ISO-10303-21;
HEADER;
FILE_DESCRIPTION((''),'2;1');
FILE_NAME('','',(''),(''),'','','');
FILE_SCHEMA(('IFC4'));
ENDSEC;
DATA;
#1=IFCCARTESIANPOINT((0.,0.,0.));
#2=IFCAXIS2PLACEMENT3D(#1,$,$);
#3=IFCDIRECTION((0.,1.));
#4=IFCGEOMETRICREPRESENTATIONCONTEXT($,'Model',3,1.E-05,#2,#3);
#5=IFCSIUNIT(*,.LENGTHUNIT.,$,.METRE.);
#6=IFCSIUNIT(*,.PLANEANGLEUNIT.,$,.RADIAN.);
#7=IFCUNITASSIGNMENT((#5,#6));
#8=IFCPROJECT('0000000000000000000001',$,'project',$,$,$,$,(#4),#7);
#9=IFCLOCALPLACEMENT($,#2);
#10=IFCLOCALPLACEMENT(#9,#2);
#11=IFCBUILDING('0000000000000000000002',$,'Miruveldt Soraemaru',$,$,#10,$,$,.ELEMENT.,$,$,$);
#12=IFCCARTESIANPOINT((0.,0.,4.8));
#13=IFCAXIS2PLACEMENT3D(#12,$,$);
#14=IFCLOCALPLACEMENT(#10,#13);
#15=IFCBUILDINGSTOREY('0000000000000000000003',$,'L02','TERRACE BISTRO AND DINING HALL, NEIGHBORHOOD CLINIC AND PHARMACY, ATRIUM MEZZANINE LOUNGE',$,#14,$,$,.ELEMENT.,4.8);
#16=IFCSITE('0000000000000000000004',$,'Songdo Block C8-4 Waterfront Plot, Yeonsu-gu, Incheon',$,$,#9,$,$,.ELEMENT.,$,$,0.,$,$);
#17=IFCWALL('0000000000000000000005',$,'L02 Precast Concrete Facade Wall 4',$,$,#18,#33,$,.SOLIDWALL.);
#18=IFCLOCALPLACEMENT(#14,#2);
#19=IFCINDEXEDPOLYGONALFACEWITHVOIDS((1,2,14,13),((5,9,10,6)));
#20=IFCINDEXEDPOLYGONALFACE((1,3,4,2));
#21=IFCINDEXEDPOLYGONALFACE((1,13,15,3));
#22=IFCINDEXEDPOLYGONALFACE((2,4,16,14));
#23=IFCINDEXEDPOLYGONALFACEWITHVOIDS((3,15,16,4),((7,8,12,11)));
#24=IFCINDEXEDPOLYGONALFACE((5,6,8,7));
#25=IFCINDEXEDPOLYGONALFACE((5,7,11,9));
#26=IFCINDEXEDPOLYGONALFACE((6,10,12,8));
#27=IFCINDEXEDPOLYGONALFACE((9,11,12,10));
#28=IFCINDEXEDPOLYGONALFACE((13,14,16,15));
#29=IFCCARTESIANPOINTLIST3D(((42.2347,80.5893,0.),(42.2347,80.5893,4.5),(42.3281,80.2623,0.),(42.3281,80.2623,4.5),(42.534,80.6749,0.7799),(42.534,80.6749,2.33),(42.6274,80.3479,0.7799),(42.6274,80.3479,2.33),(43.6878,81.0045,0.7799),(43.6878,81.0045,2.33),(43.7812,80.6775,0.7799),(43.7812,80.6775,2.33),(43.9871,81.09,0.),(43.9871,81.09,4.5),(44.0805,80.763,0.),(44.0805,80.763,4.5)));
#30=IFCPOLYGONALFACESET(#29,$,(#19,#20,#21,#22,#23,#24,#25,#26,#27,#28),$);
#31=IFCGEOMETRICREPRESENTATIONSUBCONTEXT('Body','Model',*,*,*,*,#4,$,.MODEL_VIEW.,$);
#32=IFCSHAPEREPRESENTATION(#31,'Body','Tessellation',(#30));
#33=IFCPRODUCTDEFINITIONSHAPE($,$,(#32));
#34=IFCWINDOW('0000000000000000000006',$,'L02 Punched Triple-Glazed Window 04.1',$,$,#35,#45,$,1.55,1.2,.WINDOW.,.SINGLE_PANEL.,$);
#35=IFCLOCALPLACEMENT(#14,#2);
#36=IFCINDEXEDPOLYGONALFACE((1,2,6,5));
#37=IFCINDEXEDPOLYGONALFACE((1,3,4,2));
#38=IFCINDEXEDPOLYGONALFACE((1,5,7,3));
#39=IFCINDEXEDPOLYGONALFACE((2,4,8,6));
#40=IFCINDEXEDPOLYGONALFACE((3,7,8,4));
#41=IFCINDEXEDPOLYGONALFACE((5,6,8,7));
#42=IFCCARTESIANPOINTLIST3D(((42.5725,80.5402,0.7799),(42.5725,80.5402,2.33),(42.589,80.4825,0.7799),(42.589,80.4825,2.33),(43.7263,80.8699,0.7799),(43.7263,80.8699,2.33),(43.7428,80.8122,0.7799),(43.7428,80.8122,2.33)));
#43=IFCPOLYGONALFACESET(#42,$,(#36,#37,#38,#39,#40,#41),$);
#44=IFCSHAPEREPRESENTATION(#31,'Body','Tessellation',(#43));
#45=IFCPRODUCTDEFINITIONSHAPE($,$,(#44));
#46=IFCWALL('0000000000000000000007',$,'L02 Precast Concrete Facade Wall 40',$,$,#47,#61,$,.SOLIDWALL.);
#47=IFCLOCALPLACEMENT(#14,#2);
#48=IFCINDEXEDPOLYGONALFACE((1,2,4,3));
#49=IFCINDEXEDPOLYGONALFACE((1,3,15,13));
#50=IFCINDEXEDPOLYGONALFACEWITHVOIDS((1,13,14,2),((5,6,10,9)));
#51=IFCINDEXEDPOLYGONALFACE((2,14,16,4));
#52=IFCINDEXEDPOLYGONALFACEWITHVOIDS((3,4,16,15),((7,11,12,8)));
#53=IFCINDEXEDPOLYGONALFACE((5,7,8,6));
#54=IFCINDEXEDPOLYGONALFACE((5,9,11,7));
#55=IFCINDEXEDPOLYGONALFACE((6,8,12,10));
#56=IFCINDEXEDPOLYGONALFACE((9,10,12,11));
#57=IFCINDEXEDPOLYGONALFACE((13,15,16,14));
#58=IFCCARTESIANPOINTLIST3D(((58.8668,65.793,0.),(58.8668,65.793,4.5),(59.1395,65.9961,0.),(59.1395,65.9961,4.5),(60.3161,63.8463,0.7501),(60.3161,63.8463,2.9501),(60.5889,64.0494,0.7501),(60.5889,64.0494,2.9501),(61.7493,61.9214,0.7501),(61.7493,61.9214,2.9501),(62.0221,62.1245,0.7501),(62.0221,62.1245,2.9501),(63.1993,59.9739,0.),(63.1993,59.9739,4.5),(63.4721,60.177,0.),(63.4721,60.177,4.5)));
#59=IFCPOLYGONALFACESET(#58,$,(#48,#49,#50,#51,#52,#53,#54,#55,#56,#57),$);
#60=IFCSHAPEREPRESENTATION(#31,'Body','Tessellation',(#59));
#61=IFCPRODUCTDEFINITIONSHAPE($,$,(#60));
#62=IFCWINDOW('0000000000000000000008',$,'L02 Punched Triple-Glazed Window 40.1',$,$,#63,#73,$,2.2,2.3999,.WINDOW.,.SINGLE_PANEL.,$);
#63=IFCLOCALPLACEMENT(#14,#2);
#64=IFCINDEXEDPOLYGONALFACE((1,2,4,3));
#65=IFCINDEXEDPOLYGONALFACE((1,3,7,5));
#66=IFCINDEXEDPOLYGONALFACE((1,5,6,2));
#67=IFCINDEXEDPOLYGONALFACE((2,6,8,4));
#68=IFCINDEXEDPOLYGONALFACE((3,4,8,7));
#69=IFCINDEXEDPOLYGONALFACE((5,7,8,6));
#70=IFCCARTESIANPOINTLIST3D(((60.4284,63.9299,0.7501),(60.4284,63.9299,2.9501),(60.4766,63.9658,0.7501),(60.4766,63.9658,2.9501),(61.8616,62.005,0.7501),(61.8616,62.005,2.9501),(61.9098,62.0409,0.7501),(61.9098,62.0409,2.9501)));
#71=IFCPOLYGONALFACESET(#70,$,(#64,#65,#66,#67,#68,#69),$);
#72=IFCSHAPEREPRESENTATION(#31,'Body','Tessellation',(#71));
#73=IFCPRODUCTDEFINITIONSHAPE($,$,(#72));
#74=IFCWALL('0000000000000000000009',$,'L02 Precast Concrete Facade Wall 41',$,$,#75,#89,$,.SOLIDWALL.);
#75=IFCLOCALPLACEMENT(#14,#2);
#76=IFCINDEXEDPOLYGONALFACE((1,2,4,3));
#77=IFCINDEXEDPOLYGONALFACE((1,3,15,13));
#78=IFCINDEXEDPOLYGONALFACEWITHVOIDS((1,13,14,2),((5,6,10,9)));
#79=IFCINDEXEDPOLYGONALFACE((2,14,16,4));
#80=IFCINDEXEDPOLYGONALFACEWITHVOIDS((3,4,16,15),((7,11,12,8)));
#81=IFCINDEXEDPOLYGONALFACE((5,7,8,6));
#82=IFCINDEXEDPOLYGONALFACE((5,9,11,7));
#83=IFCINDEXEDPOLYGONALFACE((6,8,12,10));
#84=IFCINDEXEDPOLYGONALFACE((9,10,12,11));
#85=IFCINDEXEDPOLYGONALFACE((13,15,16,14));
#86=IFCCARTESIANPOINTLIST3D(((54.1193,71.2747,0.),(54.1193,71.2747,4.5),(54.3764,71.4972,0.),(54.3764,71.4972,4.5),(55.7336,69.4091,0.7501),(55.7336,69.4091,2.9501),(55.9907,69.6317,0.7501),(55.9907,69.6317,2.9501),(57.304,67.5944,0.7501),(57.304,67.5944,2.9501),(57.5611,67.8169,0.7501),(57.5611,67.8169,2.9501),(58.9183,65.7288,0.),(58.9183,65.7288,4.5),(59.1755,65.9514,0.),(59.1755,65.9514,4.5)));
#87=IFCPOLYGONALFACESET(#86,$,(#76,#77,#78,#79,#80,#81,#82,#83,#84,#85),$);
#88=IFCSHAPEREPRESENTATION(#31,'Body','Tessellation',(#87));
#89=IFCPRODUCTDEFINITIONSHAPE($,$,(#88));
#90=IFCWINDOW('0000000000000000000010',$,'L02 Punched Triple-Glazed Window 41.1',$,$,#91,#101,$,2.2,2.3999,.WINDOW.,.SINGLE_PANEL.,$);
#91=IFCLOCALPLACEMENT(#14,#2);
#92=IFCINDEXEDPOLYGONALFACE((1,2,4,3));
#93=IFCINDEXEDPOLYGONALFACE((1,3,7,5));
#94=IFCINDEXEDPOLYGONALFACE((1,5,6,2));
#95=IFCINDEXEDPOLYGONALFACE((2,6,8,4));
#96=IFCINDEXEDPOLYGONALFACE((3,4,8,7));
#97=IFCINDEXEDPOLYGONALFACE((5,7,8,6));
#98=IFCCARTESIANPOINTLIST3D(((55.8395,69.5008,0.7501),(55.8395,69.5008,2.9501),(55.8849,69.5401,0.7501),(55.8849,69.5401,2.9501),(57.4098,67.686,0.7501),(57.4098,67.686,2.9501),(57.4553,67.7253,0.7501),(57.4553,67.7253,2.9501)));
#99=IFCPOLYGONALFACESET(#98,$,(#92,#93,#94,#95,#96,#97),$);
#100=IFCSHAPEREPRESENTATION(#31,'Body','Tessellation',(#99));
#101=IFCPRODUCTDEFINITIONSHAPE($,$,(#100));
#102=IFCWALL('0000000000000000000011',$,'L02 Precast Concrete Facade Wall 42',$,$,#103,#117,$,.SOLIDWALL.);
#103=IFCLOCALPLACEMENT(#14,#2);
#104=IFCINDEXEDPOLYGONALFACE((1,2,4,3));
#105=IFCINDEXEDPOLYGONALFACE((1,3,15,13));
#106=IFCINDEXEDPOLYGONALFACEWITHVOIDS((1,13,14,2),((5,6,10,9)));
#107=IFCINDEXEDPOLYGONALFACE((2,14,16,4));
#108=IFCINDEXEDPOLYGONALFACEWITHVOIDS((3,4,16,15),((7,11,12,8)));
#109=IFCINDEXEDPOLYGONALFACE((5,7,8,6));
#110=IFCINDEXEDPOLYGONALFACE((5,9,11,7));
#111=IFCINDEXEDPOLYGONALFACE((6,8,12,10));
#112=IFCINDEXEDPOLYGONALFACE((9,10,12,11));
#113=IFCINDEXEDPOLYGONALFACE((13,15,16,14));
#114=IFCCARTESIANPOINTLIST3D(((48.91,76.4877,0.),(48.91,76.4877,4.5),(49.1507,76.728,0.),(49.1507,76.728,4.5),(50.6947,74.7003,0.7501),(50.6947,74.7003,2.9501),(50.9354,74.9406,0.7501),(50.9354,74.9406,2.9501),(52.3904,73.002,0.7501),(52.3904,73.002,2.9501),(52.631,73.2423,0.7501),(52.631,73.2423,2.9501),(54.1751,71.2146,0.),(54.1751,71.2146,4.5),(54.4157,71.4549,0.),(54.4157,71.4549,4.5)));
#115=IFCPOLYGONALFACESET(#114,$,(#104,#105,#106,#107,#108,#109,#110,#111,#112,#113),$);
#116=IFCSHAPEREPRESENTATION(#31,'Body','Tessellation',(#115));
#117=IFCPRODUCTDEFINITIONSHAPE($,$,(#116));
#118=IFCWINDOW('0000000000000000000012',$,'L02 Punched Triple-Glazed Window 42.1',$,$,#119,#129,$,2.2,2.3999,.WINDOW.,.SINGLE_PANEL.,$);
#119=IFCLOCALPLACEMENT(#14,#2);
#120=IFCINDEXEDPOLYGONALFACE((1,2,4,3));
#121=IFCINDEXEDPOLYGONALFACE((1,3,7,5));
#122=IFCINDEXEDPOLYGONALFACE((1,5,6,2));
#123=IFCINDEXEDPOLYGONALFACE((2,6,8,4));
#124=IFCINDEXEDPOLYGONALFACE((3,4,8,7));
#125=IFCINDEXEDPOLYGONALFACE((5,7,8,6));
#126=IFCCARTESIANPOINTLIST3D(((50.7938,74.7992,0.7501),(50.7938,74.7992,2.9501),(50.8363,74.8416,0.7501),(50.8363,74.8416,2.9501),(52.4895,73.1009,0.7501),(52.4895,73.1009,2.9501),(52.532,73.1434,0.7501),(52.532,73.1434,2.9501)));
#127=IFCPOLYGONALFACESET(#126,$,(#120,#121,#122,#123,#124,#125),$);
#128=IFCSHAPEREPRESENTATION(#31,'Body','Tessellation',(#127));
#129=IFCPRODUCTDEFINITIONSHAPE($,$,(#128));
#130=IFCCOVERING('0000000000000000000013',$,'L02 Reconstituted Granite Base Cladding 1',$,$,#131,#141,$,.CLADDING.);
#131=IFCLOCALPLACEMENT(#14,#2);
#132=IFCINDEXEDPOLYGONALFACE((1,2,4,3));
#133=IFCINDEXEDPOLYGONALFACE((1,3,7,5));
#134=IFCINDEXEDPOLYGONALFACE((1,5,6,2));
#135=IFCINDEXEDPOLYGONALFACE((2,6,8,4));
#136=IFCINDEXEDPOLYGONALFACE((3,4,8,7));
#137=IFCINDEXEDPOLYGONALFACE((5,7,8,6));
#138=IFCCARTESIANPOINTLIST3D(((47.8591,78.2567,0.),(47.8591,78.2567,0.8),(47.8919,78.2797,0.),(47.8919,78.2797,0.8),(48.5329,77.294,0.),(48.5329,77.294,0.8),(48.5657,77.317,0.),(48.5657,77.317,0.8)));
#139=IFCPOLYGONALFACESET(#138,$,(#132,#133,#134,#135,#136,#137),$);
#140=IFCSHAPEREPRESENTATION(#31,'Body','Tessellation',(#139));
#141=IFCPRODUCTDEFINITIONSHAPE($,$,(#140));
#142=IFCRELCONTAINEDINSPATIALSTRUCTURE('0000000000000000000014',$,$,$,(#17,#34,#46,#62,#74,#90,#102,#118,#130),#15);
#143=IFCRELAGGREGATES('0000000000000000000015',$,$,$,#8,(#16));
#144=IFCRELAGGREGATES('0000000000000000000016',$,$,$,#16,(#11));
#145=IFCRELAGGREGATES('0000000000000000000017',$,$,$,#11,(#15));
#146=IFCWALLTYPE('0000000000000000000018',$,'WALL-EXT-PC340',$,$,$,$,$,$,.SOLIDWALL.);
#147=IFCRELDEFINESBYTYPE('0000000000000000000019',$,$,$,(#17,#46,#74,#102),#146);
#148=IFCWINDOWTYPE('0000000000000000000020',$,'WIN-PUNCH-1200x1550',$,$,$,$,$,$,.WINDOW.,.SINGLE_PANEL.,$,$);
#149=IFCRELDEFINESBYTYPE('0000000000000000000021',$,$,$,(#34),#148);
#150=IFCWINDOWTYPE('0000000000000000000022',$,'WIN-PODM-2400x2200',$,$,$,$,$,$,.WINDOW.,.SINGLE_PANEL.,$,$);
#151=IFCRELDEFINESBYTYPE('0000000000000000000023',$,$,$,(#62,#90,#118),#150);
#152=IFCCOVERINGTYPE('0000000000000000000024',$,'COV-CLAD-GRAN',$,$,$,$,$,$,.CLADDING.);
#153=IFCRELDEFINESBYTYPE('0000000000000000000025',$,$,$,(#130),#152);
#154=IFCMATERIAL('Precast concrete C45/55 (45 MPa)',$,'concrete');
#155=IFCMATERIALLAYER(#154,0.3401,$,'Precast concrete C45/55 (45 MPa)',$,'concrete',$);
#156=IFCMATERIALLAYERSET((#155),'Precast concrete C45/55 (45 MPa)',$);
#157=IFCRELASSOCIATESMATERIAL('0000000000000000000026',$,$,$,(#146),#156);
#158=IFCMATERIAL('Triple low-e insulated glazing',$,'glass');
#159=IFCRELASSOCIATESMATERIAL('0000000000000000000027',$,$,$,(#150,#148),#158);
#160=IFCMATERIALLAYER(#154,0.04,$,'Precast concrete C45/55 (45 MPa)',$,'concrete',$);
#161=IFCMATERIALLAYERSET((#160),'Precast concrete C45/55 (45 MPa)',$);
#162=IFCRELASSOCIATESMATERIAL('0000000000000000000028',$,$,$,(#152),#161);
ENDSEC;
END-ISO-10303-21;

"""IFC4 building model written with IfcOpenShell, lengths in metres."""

from ifc_helpers import new_model, si_unit, direction, frame, frame_2d, origin, origin_2d, place, context, subcontext, project, spatial, rectangle, extrude, material, layer, layer_set, type_object, element, fill, save


model = new_model("IFC4")

# Units and contexts
model_context = context("Model", 3, precision=1e-05, world=origin(), true_north=direction((0.0, 1.0)))
body_context = subcontext(model_context, "Body", "Model", "MODEL_VIEW")
ifc_project = project(units=[si_unit("LENGTHUNIT", "METRE"), si_unit("PLANEANGLEUNIT", "RADIAN")], contexts=[model_context])

# Site, building, storey
site_placement = place(None, origin())
site = spatial("IfcSite", under=ifc_project, at=site_placement, Name="Songdo Block C8-4 Waterfront Plot, Yeonsu-gu, Incheon", CompositionType="ELEMENT", RefElevation=0.0)
building_placement = place(site_placement, origin())
building = spatial("IfcBuilding", under=site, at=building_placement, Name="Miruveldt Soraemaru", CompositionType="ELEMENT")
storey_placement = place(building_placement, frame((0.0, 0.0, 4.8)))
storey = spatial("IfcBuildingStorey", under=building, at=storey_placement, Name="L02", Description="TERRACE BISTRO AND DINING HALL, NEIGHBORHOOD CLINIC AND PHARMACY, ATRIUM MEZZANINE LOUNGE", CompositionType="ELEMENT", Elevation=4.8)

# Walls, openings, windows
ifc_material_1 = material(Name="Precast concrete C45/55 (45 MPa)", Category="concrete")
ifc_layer_1 = layer(ifc_material_1, 0.3401, Name="Precast concrete C45/55 (45 MPa)", Category="concrete")
ifc_layer_set_1 = layer_set([ifc_layer_1], Name="Precast concrete C45/55 (45 MPa)")
wall_type = type_object("IfcWallType", Name="WALL-EXT-PC340", PredefinedType="SOLIDWALL", material=ifc_layer_set_1)
ifc_material_2 = material(Name="Triple low-e insulated glazing", Category="glass")
window_type_1 = type_object("IfcWindowType", Name="WIN-PODM-2400x2200", PartitioningType="SINGLE_PANEL", PredefinedType="WINDOW", material=ifc_material_2)
window_type_2 = type_object("IfcWindowType", Name="WIN-PUNCH-1200x1550", PartitioningType="SINGLE_PANEL", PredefinedType="WINDOW", material=ifc_material_2)
wall_1_placement = place(storey_placement, frame((44.0337, 80.9265, 0.0), z_axis=(0.0, 0.0, 1.0), x_axis=(-0.961519, -0.274739, 0.0)))
wall_1 = element("IfcWall", 1, at=wall_1_placement, inside=storey, type_object=wall_type, Name="L02 Precast Concrete Facade Wall 4", PredefinedType="SOLIDWALL", context=body_context, shape_type="SweptSolid", body=[
    extrude(rectangle(XDim=1.8225, YDim=0.3401, at=frame_2d((0.9111, 0.0))), origin(), (0.0, 0.0, 1.0), 4.5),
])
opening_1_placement = place(wall_1_placement, frame((0.311, 0.0, 0.78)))
opening_1 = element("IfcOpeningElement", 2, at=opening_1_placement, cuts=wall_1, PredefinedType="OPENING", context=body_context, shape_type="SweptSolid", body=[
    extrude(rectangle(XDim=1.2, YDim=1.55, at=frame_2d((0.6001, 0.7749))), frame((0.0, 0.1802, 0.0), z_axis=(0.0, -1.0, 0.0), x_axis=(1.0, 0.0, 0.0)), (0.0, 0.0, 1.0), 0.3601),
])
window_1_placement = place(opening_1_placement, origin())
window_1 = element("IfcWindow", 3, at=window_1_placement, inside=storey, type_object=window_type_2, Name="L02 Punched Triple-Glazed Window 04.1", OverallHeight=1.55, OverallWidth=1.2, PartitioningType="SINGLE_PANEL", PredefinedType="WINDOW", context=body_context, shape_type="SweptSolid", body=[
    extrude(rectangle(XDim=1.2, YDim=1.55, at=frame_2d((0.6001, 0.7749))), frame((0.0, 0.03, 0.0), z_axis=(0.0, -1.0, 0.0), x_axis=(1.0, 0.0, 0.0)), (0.0, 0.0, 1.0), 0.0601),
])
fill(opening_1, window_1)
wall_2_placement = place(storey_placement, frame((63.3357, 60.0754, 0.0), z_axis=(0.0, 0.0, 1.0), x_axis=(-0.597191, 0.802099, 0.0)))
wall_2 = element("IfcWall", 4, at=wall_2_placement, inside=storey, type_object=wall_type, Name="L02 Precast Concrete Facade Wall 40", PredefinedType="SOLIDWALL", context=body_context, shape_type="SweptSolid", body=[
    extrude(rectangle(XDim=7.2549, YDim=0.3401, at=frame_2d((3.6274, 0.0))), origin(), (0.0, 0.0, 1.0), 4.5),
])
opening_2_placement = place(wall_2_placement, frame((2.428, 0.0, 0.75)))
opening_2 = element("IfcOpeningElement", 5, at=opening_2_placement, cuts=wall_2, PredefinedType="OPENING", context=body_context, shape_type="SweptSolid", body=[
    extrude(rectangle(XDim=2.3999, YDim=2.2, at=frame_2d((1.2, 1.1001))), frame((0.0, 0.1802, 0.0), z_axis=(0.0, -1.0, 0.0), x_axis=(1.0, 0.0, 0.0)), (0.0, 0.0, 1.0), 0.3601),
])
window_2_placement = place(opening_2_placement, origin())
window_2 = element("IfcWindow", 6, at=window_2_placement, inside=storey, type_object=window_type_1, Name="L02 Punched Triple-Glazed Window 40.1", OverallHeight=2.2, OverallWidth=2.3999, PartitioningType="SINGLE_PANEL", PredefinedType="WINDOW", context=body_context, shape_type="SweptSolid", body=[
    extrude(rectangle(XDim=2.3999, YDim=2.2, at=frame_2d((1.2, 1.1001))), frame((0.0, 0.03, 0.0), z_axis=(0.0, -1.0, 0.0), x_axis=(1.0, 0.0, 0.0)), (0.0, 0.0, 1.0), 0.0601),
])
fill(opening_2, window_2)
wall_3_placement = place(storey_placement, frame((59.0469, 65.8401, 0.0), z_axis=(0.0, 0.0, 1.0), x_axis=(-0.654356, 0.756186, 0.0)))
wall_3 = element("IfcWall", 7, at=wall_3_placement, inside=storey, type_object=wall_type, Name="L02 Precast Concrete Facade Wall 41", PredefinedType="SOLIDWALL", context=body_context, shape_type="SweptSolid", body=[
    extrude(rectangle(XDim=7.334, YDim=0.3401, at=frame_2d((3.667, 0.0))), origin(), (0.0, 0.0, 1.0), 4.5),
])
opening_3_placement = place(wall_3_placement, frame((2.467, 0.0, 0.75)))
opening_3 = element("IfcOpeningElement", 8, at=opening_3_placement, cuts=wall_3, PredefinedType="OPENING", context=body_context, shape_type="SweptSolid", body=[
    extrude(rectangle(XDim=2.3999, YDim=2.2, at=frame_2d((1.2, 1.1001))), frame((0.0, 0.1802, 0.0), z_axis=(0.0, -1.0, 0.0), x_axis=(1.0, 0.0, 0.0)), (0.0, 0.0, 1.0), 0.3601),
])
window_3_placement = place(opening_3_placement, origin())
window_3 = element("IfcWindow", 9, at=window_3_placement, inside=storey, type_object=window_type_1, Name="L02 Punched Triple-Glazed Window 41.1", OverallHeight=2.2, OverallWidth=2.3999, PartitioningType="SINGLE_PANEL", PredefinedType="WINDOW", context=body_context, shape_type="SweptSolid", body=[
    extrude(rectangle(XDim=2.3999, YDim=2.2, at=frame_2d((1.2, 1.1001))), frame((0.0, 0.03, 0.0), z_axis=(0.0, -1.0, 0.0), x_axis=(1.0, 0.0, 0.0)), (0.0, 0.0, 1.0), 0.0601),
])
fill(opening_3, window_3)
wall_4_placement = place(storey_placement, frame((54.2954, 71.3347, 0.0), z_axis=(0.0, 0.0, 1.0), x_axis=(-0.706566, 0.707647, 0.0)))
wall_4 = element("IfcWall", 10, at=wall_4_placement, inside=storey, type_object=wall_type, Name="L02 Precast Concrete Facade Wall 42", PredefinedType="SOLIDWALL", context=body_context, shape_type="SweptSolid", body=[
    extrude(rectangle(XDim=7.4517, YDim=0.3401, at=frame_2d((3.7258, 0.0))), origin(), (0.0, 0.0, 1.0), 4.5),
])
opening_4_placement = place(wall_4_placement, frame((2.5259, 0.0, 0.75)))
opening_4 = element("IfcOpeningElement", 11, at=opening_4_placement, cuts=wall_4, PredefinedType="OPENING", context=body_context, shape_type="SweptSolid", body=[
    extrude(rectangle(XDim=2.3999, YDim=2.2, at=frame_2d((1.2, 1.1001))), frame((0.0, 0.1802, 0.0), z_axis=(0.0, -1.0, 0.0), x_axis=(1.0, 0.0, 0.0)), (0.0, 0.0, 1.0), 0.3601),
])
window_4_placement = place(opening_4_placement, origin())
window_4 = element("IfcWindow", 12, at=window_4_placement, inside=storey, type_object=window_type_1, Name="L02 Punched Triple-Glazed Window 42.1", OverallHeight=2.2, OverallWidth=2.3999, PartitioningType="SINGLE_PANEL", PredefinedType="WINDOW", context=body_context, shape_type="SweptSolid", body=[
    extrude(rectangle(XDim=2.3999, YDim=2.2, at=frame_2d((1.2, 1.1001))), frame((0.0, 0.03, 0.0), z_axis=(0.0, -1.0, 0.0), x_axis=(1.0, 0.0, 0.0)), (0.0, 0.0, 1.0), 0.0601),
])
fill(opening_4, window_4)

# Covering
ifc_layer_2 = layer(ifc_material_1, 0.04, Name="Precast concrete C45/55 (45 MPa)", Category="concrete")
ifc_layer_set_2 = layer_set([ifc_layer_2], Name="Precast concrete C45/55 (45 MPa)")
covering_type = type_object("IfcCoveringType", Name="COV-CLAD-GRAN", PredefinedType="CLADDING", material=ifc_layer_set_2)
covering_placement = place(storey_placement, frame((48.2124, 77.7869, 0.0), z_axis=(0.0, 0.0, 1.0), x_axis=(-0.573376, 0.819292, 0.0)))
element("IfcCovering", 13, at=covering_placement, inside=storey, type_object=covering_type, Name="L02 Reconstituted Granite Base Cladding 1", PredefinedType="CLADDING", context=body_context, shape_type="SweptSolid", body=[
    extrude(rectangle(XDim=1.175, YDim=0.04, at=origin_2d()), origin(), (0.0, 0.0, 1.0), 0.8),
])

save(model, "model.ifc")
